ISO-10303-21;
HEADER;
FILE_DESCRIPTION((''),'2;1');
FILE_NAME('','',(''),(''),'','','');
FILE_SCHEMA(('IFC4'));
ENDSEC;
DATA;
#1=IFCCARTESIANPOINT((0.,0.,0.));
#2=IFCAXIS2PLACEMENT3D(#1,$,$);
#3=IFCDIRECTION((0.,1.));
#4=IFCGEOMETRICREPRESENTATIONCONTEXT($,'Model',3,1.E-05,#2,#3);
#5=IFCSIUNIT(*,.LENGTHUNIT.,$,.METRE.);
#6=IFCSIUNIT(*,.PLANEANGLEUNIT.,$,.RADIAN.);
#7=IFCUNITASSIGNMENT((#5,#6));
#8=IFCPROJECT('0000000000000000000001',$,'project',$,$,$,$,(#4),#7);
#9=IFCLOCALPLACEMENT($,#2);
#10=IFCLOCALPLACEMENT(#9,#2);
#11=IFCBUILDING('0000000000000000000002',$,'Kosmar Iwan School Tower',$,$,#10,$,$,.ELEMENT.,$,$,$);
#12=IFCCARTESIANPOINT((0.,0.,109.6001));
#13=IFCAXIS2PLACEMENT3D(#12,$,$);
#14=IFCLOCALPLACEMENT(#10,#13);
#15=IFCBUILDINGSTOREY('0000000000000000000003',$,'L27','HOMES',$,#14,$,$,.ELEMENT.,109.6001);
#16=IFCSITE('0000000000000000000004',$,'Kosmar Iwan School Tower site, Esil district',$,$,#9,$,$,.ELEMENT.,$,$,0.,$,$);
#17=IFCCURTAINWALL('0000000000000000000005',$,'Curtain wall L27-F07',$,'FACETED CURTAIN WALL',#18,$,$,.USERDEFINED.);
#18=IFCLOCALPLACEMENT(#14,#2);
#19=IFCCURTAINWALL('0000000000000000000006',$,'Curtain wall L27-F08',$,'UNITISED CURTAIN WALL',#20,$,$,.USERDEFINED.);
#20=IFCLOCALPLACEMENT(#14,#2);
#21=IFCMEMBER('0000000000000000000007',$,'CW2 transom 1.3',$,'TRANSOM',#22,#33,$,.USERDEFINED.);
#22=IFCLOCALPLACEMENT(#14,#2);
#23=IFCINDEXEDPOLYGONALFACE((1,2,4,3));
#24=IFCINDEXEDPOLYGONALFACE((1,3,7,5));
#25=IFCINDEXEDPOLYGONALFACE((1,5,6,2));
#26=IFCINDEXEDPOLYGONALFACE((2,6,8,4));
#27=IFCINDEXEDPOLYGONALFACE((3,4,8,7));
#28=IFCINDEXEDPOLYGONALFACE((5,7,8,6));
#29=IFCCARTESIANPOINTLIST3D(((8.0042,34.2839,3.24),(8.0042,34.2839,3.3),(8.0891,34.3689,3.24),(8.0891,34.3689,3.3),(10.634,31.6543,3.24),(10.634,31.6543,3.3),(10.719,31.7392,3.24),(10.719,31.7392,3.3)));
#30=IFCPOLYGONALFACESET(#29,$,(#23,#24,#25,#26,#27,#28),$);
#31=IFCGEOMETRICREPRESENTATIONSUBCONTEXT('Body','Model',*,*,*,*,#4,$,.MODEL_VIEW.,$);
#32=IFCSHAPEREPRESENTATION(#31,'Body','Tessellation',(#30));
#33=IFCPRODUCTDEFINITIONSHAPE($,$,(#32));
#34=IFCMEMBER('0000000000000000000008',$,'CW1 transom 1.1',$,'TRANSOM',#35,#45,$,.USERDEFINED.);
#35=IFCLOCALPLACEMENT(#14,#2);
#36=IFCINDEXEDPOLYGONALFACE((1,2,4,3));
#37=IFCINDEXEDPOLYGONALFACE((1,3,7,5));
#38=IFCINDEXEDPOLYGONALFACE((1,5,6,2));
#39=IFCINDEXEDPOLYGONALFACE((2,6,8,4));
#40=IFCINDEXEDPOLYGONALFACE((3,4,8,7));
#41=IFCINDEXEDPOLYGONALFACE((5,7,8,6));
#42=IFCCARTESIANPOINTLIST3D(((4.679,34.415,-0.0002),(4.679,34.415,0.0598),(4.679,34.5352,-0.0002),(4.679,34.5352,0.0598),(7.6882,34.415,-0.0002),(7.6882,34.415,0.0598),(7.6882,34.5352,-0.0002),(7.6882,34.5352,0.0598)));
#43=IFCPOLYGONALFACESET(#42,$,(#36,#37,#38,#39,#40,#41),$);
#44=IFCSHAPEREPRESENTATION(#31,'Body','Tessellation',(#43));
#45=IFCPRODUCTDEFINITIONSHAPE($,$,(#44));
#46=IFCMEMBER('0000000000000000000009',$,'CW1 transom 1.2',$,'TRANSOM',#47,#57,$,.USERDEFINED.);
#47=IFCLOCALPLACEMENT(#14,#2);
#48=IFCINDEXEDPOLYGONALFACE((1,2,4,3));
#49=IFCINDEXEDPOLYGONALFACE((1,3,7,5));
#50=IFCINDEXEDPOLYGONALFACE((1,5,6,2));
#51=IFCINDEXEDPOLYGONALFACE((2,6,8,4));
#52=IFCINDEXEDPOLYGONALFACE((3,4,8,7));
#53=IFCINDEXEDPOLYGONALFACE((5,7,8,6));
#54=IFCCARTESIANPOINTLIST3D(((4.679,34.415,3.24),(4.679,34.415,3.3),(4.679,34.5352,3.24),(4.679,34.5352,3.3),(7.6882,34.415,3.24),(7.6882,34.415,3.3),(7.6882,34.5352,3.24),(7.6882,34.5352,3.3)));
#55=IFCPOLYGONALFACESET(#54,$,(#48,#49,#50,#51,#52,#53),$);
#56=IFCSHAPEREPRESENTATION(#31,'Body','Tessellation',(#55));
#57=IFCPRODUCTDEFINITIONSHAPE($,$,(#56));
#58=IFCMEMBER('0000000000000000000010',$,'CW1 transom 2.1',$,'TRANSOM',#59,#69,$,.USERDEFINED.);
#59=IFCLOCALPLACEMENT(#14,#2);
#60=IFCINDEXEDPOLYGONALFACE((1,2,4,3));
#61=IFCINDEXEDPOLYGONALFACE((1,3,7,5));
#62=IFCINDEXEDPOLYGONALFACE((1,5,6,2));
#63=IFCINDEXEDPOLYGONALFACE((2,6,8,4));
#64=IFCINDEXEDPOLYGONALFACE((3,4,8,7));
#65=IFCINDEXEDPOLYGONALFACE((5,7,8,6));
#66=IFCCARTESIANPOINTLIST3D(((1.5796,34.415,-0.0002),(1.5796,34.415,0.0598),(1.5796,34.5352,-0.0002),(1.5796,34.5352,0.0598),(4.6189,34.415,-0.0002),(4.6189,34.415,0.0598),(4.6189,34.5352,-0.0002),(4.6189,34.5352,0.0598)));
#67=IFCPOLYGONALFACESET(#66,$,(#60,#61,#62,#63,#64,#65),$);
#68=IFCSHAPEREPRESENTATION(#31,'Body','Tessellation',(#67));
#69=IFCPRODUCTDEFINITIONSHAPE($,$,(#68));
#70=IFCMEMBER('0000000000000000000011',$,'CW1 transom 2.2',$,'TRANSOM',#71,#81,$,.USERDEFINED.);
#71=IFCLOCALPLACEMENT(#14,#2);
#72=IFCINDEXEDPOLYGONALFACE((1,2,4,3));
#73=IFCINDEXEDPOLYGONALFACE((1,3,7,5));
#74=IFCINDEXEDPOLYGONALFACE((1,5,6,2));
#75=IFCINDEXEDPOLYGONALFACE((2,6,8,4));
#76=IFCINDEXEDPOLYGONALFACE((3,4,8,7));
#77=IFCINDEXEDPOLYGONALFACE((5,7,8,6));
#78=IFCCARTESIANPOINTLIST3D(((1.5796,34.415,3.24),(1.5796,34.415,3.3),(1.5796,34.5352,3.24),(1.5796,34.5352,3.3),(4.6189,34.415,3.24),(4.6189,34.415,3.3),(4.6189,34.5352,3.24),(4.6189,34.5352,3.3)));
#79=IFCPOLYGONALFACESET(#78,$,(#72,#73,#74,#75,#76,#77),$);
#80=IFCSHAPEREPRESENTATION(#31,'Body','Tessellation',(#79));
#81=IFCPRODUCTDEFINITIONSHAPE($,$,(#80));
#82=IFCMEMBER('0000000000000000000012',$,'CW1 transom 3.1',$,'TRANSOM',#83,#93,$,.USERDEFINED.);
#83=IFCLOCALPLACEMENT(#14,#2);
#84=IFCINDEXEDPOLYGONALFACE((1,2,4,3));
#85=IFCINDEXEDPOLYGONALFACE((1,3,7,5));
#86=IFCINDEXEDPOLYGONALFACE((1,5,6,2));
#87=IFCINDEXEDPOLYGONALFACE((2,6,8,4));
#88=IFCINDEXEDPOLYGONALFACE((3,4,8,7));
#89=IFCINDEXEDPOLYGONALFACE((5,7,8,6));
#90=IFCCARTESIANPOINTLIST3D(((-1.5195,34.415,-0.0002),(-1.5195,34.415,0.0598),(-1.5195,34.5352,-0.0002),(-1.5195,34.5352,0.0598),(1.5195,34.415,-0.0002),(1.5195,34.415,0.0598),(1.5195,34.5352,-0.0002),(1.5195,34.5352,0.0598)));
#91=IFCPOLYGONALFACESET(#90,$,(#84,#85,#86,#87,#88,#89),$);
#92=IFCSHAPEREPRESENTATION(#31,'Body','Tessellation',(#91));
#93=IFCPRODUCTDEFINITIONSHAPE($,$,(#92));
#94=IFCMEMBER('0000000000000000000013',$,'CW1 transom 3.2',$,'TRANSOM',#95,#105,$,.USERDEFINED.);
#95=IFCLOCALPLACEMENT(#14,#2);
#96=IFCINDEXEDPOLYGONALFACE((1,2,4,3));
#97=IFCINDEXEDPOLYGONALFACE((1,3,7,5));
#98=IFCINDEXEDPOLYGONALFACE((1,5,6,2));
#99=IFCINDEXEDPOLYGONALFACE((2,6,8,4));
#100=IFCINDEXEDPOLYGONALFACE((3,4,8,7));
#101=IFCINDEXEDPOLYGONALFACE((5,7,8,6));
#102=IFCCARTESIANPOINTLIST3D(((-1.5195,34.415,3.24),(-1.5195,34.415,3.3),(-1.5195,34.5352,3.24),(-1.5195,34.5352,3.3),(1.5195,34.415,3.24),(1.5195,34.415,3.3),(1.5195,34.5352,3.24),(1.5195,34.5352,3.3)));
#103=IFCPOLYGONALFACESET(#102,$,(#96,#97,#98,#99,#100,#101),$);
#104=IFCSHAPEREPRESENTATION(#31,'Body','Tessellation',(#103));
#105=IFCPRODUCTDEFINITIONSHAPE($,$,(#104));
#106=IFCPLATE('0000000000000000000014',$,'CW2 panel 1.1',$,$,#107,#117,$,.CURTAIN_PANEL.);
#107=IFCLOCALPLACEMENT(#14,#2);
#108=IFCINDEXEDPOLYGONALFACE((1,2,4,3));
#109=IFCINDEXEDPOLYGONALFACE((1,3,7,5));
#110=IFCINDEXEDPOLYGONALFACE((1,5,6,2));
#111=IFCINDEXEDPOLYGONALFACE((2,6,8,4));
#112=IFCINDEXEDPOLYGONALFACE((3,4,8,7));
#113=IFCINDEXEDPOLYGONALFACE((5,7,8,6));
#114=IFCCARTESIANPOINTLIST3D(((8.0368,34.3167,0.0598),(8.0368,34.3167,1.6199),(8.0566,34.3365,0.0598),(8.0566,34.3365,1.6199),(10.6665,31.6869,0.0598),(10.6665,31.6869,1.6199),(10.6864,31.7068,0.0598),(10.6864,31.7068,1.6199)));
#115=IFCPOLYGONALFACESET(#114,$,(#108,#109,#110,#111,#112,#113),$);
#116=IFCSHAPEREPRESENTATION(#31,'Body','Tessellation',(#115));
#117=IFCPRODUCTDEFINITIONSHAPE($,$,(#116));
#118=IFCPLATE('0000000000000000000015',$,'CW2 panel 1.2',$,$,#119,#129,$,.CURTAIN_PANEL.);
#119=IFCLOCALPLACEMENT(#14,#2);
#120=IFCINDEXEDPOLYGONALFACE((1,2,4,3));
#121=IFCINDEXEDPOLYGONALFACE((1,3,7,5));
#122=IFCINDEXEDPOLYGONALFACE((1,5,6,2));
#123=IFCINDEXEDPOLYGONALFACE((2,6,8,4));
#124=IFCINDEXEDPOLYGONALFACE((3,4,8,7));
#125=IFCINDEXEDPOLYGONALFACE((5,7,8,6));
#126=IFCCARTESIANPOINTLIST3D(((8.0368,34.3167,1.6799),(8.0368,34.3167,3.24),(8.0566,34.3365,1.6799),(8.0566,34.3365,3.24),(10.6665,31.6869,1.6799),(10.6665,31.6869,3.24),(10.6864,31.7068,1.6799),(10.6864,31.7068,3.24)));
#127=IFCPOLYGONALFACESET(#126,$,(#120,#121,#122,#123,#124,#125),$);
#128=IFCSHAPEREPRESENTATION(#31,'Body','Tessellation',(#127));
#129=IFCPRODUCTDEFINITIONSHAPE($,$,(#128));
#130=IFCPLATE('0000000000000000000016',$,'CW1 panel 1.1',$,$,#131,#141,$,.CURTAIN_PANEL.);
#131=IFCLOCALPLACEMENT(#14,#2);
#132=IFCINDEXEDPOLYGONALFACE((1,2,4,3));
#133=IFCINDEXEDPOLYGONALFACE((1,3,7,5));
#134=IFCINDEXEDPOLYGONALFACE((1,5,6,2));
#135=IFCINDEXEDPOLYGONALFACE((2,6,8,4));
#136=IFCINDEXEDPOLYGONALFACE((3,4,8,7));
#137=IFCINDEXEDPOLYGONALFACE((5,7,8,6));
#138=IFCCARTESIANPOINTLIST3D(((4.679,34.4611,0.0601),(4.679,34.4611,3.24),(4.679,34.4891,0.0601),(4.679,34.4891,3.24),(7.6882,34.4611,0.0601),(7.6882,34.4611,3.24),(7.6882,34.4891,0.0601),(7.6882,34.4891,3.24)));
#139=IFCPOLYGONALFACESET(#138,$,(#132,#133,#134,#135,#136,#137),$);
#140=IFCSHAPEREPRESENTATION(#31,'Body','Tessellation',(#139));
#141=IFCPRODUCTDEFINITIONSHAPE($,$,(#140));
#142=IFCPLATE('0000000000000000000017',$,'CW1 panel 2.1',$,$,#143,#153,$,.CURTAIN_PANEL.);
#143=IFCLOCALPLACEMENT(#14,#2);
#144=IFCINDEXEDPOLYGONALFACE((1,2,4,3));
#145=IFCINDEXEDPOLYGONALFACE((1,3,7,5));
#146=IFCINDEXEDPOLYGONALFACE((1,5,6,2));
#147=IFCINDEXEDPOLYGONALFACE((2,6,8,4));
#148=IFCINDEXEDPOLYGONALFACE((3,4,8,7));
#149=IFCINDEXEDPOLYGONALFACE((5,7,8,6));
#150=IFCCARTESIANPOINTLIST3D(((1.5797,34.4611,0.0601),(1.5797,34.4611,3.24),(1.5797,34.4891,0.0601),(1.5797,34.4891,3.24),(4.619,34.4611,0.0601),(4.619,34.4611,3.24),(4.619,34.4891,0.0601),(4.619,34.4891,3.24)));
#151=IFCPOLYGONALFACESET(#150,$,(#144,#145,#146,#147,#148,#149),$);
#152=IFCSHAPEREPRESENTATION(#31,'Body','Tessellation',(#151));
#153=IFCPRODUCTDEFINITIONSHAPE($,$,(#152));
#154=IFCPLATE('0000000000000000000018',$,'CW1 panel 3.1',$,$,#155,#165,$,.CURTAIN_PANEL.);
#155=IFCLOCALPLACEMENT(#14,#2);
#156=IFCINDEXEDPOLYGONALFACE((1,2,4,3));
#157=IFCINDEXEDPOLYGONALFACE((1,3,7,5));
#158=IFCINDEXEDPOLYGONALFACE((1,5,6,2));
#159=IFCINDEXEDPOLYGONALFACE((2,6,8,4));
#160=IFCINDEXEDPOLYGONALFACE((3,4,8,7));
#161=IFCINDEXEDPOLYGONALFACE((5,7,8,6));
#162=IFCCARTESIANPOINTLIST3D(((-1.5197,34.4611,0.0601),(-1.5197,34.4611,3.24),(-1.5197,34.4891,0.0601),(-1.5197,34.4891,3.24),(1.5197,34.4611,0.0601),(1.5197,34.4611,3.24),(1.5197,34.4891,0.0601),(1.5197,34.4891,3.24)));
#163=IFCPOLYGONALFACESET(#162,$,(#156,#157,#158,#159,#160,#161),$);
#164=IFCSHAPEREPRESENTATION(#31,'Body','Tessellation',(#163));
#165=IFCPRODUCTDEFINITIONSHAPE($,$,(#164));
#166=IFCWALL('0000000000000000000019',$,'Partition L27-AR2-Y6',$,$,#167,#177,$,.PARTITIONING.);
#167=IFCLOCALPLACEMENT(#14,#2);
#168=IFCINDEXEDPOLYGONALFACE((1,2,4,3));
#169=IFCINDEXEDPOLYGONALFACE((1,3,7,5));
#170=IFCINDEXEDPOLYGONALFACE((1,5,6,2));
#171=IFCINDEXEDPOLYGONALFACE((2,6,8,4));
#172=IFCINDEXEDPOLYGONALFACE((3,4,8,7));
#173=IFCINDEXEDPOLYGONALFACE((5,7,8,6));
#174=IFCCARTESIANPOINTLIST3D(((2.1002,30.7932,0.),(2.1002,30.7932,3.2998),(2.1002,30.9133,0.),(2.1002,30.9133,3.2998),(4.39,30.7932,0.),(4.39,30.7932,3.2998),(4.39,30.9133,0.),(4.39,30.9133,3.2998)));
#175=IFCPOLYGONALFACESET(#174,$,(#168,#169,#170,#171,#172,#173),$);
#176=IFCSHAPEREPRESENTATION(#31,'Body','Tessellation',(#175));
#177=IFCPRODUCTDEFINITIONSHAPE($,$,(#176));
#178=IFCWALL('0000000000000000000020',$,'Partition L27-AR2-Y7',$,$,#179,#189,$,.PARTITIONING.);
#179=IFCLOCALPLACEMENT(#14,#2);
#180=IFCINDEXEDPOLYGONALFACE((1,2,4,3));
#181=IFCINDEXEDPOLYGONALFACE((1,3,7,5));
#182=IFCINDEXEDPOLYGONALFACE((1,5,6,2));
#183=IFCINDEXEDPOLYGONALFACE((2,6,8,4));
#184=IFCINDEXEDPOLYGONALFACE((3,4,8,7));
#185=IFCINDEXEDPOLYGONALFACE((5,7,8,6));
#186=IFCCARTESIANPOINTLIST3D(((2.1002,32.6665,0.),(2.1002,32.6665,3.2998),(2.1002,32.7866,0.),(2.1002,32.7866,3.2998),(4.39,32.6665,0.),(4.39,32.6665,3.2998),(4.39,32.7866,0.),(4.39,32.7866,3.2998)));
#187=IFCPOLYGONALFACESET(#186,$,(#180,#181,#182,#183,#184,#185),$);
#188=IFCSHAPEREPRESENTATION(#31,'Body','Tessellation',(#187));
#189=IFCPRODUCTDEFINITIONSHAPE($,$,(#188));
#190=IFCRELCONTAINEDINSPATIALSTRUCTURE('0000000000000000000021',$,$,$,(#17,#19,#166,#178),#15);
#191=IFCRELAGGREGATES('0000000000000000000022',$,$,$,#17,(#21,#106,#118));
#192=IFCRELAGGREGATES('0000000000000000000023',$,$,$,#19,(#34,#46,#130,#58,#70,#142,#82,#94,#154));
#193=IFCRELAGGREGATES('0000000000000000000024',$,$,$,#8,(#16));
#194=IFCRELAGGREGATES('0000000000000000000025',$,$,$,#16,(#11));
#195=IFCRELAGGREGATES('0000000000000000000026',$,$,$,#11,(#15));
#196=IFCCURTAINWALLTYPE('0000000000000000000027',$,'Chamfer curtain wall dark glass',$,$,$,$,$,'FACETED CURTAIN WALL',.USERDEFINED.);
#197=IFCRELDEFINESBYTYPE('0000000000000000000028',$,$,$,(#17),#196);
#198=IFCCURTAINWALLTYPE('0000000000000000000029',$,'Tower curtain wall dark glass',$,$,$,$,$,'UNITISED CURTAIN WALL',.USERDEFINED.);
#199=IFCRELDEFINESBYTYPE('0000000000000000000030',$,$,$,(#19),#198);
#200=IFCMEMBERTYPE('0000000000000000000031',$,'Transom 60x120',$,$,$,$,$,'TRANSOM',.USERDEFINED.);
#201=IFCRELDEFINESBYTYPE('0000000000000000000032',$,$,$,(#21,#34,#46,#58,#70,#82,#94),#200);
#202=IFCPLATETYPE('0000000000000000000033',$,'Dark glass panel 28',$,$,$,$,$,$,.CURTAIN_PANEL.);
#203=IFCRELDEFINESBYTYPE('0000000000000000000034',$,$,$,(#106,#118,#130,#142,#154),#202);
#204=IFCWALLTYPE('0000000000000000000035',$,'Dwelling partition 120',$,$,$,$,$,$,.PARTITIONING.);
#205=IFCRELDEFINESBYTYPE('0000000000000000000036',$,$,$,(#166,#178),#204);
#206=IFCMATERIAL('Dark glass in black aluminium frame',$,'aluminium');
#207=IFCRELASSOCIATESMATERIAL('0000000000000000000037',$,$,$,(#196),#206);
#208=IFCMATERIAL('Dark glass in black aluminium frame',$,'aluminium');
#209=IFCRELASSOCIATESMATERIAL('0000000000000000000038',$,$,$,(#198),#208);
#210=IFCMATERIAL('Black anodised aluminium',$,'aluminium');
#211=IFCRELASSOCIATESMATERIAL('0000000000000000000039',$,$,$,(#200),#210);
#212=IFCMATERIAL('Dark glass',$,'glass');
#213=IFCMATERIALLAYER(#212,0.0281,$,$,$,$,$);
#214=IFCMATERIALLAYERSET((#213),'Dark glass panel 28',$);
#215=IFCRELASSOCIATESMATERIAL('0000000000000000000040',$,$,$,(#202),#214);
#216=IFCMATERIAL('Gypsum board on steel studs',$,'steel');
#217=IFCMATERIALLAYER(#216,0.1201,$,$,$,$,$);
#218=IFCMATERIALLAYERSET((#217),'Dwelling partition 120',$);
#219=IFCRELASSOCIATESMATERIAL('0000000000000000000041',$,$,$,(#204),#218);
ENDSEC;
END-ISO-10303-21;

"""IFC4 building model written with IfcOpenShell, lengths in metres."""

from ifc_helpers import new_model, si_unit, direction, frame, frame_2d, origin, origin_2d, place, context, subcontext, project, spatial, rectangle, extrude, material, layer, layer_set, material_profile, profile_set, type_object, element, aggregate, save


model = new_model("IFC4")

# Units and contexts
model_context = context("Model", 3, precision=1e-05, world=origin(), true_north=direction((0.0, 1.0)))
body_context = subcontext(model_context, "Body", "Model", "MODEL_VIEW")
ifc_project = project(units=[si_unit("LENGTHUNIT", "METRE"), si_unit("PLANEANGLEUNIT", "RADIAN")], contexts=[model_context])

# Site, building, storey
site_placement = place(None, origin())
site = spatial("IfcSite", under=ifc_project, at=site_placement, Name="Kosmar Iwan School Tower site, Esil district", CompositionType="ELEMENT", RefElevation=0.0)
building_placement = place(site_placement, origin())
building = spatial("IfcBuilding", under=site, at=building_placement, Name="Kosmar Iwan School Tower", CompositionType="ELEMENT")
storey_placement = place(building_placement, frame((0.0, 0.0, 109.6001)))
storey = spatial("IfcBuildingStorey", under=building, at=storey_placement, Name="L27", Description="HOMES", CompositionType="ELEMENT", Elevation=109.6001)

# Curtain walls
ifc_material_1 = material(Name="Dark glass in black aluminium frame", Category="aluminium")
curtain_wall_type_1 = type_object("IfcCurtainWallType", Name="Chamfer curtain wall dark glass", ElementType="FACETED CURTAIN WALL", PredefinedType="USERDEFINED", material=ifc_material_1)
curtain_wall_1_placement = place(storey_placement, origin())
curtain_wall_1 = element("IfcCurtainWall", 1, at=curtain_wall_1_placement, inside=storey, type_object=curtain_wall_type_1, Name="Curtain wall L27-F07", ObjectType="FACETED CURTAIN WALL", PredefinedType="USERDEFINED")
ifc_material_2 = material(Name="Dark glass in black aluminium frame", Category="aluminium")
curtain_wall_type_2 = type_object("IfcCurtainWallType", Name="Tower curtain wall dark glass", ElementType="UNITISED CURTAIN WALL", PredefinedType="USERDEFINED", material=ifc_material_2)
curtain_wall_2_placement = place(storey_placement, origin())
curtain_wall_2 = element("IfcCurtainWall", 2, at=curtain_wall_2_placement, inside=storey, type_object=curtain_wall_type_2, Name="Curtain wall L27-F08", ObjectType="UNITISED CURTAIN WALL", PredefinedType="USERDEFINED")

# Members
ifc_material_3 = material(Name="Black anodised aluminium", Category="aluminium")
ifc_material_profile_1 = material_profile(ifc_material_3, rectangle(XDim=0.1201, YDim=0.0601, at=origin_2d()), Name="TRANSOM 60x120")
ifc_profile_set_1 = profile_set([ifc_material_profile_1], Name="Black anodised aluminium")
member_type_1 = type_object("IfcMemberType", Name="Transom 60x120", ElementType="TRANSOM", PredefinedType="USERDEFINED", material=ifc_profile_set_1)
member_1_placement = place(storey_placement, frame((10.6765, 31.6968, 3.27), z_axis=(-0.70714, 0.707074, 0.0), x_axis=(-0.707074, -0.70714, 0.0)))
member_1 = element("IfcMember", 3, at=member_1_placement, type_object=member_type_1, Name="CW2 transom 1.3", ObjectType="TRANSOM", PredefinedType="USERDEFINED", context=body_context, shape_type="SweptSolid", body=[
    extrude(rectangle(XDim=0.1201, YDim=0.0601, at=origin_2d()), origin(), (0.0, 0.0, 1.0), 3.719),
])
member_2_placement = place(storey_placement, frame((7.6882, 34.4751, 0.0298), z_axis=(-1.0, 0.0, 0.0), x_axis=(0.0, -1.0, 0.0)))
member_2 = element("IfcMember", 4, at=member_2_placement, type_object=member_type_1, Name="CW1 transom 1.1", ObjectType="TRANSOM", PredefinedType="USERDEFINED", context=body_context, shape_type="SweptSolid", body=[
    extrude(rectangle(XDim=0.1201, YDim=0.0601, at=origin_2d()), origin(), (0.0, 0.0, 1.0), 3.0093),
])
member_3_placement = place(storey_placement, frame((7.6882, 34.4751, 3.27), z_axis=(-1.0, 0.0, 0.0), x_axis=(0.0, -1.0, 0.0)))
member_3 = element("IfcMember", 5, at=member_3_placement, type_object=member_type_1, Name="CW1 transom 1.2", ObjectType="TRANSOM", PredefinedType="USERDEFINED", context=body_context, shape_type="SweptSolid", body=[
    extrude(rectangle(XDim=0.1201, YDim=0.0601, at=origin_2d()), origin(), (0.0, 0.0, 1.0), 3.0093),
])
member_4_placement = place(storey_placement, frame((4.6189, 34.4751, 0.0298), z_axis=(-1.0, 0.0, 0.0), x_axis=(0.0, -1.0, 0.0)))
member_4 = element("IfcMember", 6, at=member_4_placement, type_object=member_type_1, Name="CW1 transom 2.1", ObjectType="TRANSOM", PredefinedType="USERDEFINED", context=body_context, shape_type="SweptSolid", body=[
    extrude(rectangle(XDim=0.1201, YDim=0.0601, at=origin_2d()), origin(), (0.0, 0.0, 1.0), 3.0393),
])
member_5_placement = place(storey_placement, frame((4.6189, 34.4751, 3.27), z_axis=(-1.0, 0.0, 0.0), x_axis=(0.0, -1.0, 0.0)))
member_5 = element("IfcMember", 7, at=member_5_placement, type_object=member_type_1, Name="CW1 transom 2.2", ObjectType="TRANSOM", PredefinedType="USERDEFINED", context=body_context, shape_type="SweptSolid", body=[
    extrude(rectangle(XDim=0.1201, YDim=0.0601, at=origin_2d()), origin(), (0.0, 0.0, 1.0), 3.0393),
])
member_6_placement = place(storey_placement, frame((1.5195, 34.4751, 0.0298), z_axis=(-1.0, 0.0, 0.0), x_axis=(0.0, -1.0, 0.0)))
member_6 = element("IfcMember", 8, at=member_6_placement, type_object=member_type_1, Name="CW1 transom 3.1", ObjectType="TRANSOM", PredefinedType="USERDEFINED", context=body_context, shape_type="SweptSolid", body=[
    extrude(rectangle(XDim=0.1201, YDim=0.0601, at=origin_2d()), origin(), (0.0, 0.0, 1.0), 3.0391),
])
member_7_placement = place(storey_placement, frame((1.5195, 34.4751, 3.27), z_axis=(-1.0, 0.0, 0.0), x_axis=(0.0, -1.0, 0.0)))
member_7 = element("IfcMember", 9, at=member_7_placement, type_object=member_type_1, Name="CW1 transom 3.2", ObjectType="TRANSOM", PredefinedType="USERDEFINED", context=body_context, shape_type="SweptSolid", body=[
    extrude(rectangle(XDim=0.1201, YDim=0.0601, at=origin_2d()), origin(), (0.0, 0.0, 1.0), 3.0391),
])

# Plates
ifc_material_4 = material(Name="Dark glass", Category="glass")
ifc_layer_1 = layer(ifc_material_4, 0.0281)
ifc_layer_set_1 = layer_set([ifc_layer_1], Name="Dark glass panel 28")
plate_type = type_object("IfcPlateType", Name="Dark glass panel 28", PredefinedType="CURTAIN_PANEL", material=ifc_layer_set_1)
plate_1_placement = place(storey_placement, frame((9.3616, 33.0117, 0.0598), z_axis=(0.0, 0.0, 1.0), x_axis=(-0.707107, 0.707107, 0.0)))
plate_1 = element("IfcPlate", 10, at=plate_1_placement, type_object=plate_type, Name="CW2 panel 1.1", PredefinedType="CURTAIN_PANEL", context=body_context, shape_type="SweptSolid", body=[
    extrude(rectangle(XDim=3.719, YDim=0.0281, at=origin_2d()), origin(), (0.0, 0.0, 1.0), 1.5601),
])
plate_2_placement = place(storey_placement, frame((9.3616, 33.0117, 1.6799), z_axis=(0.0, 0.0, 1.0), x_axis=(-0.707107, 0.707107, 0.0)))
plate_2 = element("IfcPlate", 11, at=plate_2_placement, type_object=plate_type, Name="CW2 panel 1.2", PredefinedType="CURTAIN_PANEL", context=body_context, shape_type="SweptSolid", body=[
    extrude(rectangle(XDim=3.719, YDim=0.0281, at=origin_2d()), origin(), (0.0, 0.0, 1.0), 1.5601),
])
aggregate(curtain_wall_1, [member_1, plate_1, plate_2])
plate_3_placement = place(storey_placement, frame((6.1836, 34.4751, 0.0601), z_axis=(0.0, 0.0, 1.0), x_axis=(-1.0, 0.0, 0.0)))
plate_3 = element("IfcPlate", 12, at=plate_3_placement, type_object=plate_type, Name="CW1 panel 1.1", PredefinedType="CURTAIN_PANEL", context=body_context, shape_type="SweptSolid", body=[
    extrude(rectangle(XDim=3.0093, YDim=0.0281, at=origin_2d()), origin(), (0.0, 0.0, 1.0), 3.1799),
])
plate_4_placement = place(storey_placement, frame((3.0994, 34.4751, 0.0601), z_axis=(0.0, 0.0, 1.0), x_axis=(-1.0, 0.0, 0.0)))
plate_4 = element("IfcPlate", 13, at=plate_4_placement, type_object=plate_type, Name="CW1 panel 2.1", PredefinedType="CURTAIN_PANEL", context=body_context, shape_type="SweptSolid", body=[
    extrude(rectangle(XDim=3.0393, YDim=0.0281, at=origin_2d()), origin(), (0.0, 0.0, 1.0), 3.1799),
])
plate_5_placement = place(storey_placement, frame((0.0, 34.4751, 0.0601), z_axis=(0.0, 0.0, 1.0), x_axis=(-1.0, 0.0, 0.0)))
plate_5 = element("IfcPlate", 14, at=plate_5_placement, type_object=plate_type, Name="CW1 panel 3.1", PredefinedType="CURTAIN_PANEL", context=body_context, shape_type="SweptSolid", body=[
    extrude(rectangle(XDim=3.0393, YDim=0.0281, at=origin_2d()), origin(), (0.0, 0.0, 1.0), 3.1799),
])
aggregate(curtain_wall_2, [member_2, member_3, plate_3, member_4, member_5, plate_4, member_6, member_7, plate_5])

# Walls
ifc_material_5 = material(Name="Gypsum board on steel studs", Category="steel")
ifc_layer_2 = layer(ifc_material_5, 0.1201)
ifc_layer_set_2 = layer_set([ifc_layer_2], Name="Dwelling partition 120")
wall_type = type_object("IfcWallType", Name="Dwelling partition 120", PredefinedType="PARTITIONING", material=ifc_layer_set_2)
for number, where, z_axis, x_axis, name in (
    (15, (2.1001, 30.8533, 0.0), (0.0, 0.0, 1.0), (1.0, 0.0, 0.0), "Partition L27-AR2-Y6"),
    (16, (2.1001, 32.7266, 0.0), (0.0, 0.0, 1.0), (1.0, 0.0, 0.0), "Partition L27-AR2-Y7"),
):
    element("IfcWall", number, at=place(storey_placement, frame(where, z_axis=z_axis, x_axis=x_axis)), inside=storey, type_object=wall_type, Name=name, PredefinedType="PARTITIONING", context=body_context, shape_type="SweptSolid", body=[
        extrude(rectangle(XDim=2.2898, YDim=0.1201, at=frame_2d((1.145, 0.0))), origin(), (0.0, 0.0, 1.0), 3.2998),
    ])

save(model, "model.ifc")
